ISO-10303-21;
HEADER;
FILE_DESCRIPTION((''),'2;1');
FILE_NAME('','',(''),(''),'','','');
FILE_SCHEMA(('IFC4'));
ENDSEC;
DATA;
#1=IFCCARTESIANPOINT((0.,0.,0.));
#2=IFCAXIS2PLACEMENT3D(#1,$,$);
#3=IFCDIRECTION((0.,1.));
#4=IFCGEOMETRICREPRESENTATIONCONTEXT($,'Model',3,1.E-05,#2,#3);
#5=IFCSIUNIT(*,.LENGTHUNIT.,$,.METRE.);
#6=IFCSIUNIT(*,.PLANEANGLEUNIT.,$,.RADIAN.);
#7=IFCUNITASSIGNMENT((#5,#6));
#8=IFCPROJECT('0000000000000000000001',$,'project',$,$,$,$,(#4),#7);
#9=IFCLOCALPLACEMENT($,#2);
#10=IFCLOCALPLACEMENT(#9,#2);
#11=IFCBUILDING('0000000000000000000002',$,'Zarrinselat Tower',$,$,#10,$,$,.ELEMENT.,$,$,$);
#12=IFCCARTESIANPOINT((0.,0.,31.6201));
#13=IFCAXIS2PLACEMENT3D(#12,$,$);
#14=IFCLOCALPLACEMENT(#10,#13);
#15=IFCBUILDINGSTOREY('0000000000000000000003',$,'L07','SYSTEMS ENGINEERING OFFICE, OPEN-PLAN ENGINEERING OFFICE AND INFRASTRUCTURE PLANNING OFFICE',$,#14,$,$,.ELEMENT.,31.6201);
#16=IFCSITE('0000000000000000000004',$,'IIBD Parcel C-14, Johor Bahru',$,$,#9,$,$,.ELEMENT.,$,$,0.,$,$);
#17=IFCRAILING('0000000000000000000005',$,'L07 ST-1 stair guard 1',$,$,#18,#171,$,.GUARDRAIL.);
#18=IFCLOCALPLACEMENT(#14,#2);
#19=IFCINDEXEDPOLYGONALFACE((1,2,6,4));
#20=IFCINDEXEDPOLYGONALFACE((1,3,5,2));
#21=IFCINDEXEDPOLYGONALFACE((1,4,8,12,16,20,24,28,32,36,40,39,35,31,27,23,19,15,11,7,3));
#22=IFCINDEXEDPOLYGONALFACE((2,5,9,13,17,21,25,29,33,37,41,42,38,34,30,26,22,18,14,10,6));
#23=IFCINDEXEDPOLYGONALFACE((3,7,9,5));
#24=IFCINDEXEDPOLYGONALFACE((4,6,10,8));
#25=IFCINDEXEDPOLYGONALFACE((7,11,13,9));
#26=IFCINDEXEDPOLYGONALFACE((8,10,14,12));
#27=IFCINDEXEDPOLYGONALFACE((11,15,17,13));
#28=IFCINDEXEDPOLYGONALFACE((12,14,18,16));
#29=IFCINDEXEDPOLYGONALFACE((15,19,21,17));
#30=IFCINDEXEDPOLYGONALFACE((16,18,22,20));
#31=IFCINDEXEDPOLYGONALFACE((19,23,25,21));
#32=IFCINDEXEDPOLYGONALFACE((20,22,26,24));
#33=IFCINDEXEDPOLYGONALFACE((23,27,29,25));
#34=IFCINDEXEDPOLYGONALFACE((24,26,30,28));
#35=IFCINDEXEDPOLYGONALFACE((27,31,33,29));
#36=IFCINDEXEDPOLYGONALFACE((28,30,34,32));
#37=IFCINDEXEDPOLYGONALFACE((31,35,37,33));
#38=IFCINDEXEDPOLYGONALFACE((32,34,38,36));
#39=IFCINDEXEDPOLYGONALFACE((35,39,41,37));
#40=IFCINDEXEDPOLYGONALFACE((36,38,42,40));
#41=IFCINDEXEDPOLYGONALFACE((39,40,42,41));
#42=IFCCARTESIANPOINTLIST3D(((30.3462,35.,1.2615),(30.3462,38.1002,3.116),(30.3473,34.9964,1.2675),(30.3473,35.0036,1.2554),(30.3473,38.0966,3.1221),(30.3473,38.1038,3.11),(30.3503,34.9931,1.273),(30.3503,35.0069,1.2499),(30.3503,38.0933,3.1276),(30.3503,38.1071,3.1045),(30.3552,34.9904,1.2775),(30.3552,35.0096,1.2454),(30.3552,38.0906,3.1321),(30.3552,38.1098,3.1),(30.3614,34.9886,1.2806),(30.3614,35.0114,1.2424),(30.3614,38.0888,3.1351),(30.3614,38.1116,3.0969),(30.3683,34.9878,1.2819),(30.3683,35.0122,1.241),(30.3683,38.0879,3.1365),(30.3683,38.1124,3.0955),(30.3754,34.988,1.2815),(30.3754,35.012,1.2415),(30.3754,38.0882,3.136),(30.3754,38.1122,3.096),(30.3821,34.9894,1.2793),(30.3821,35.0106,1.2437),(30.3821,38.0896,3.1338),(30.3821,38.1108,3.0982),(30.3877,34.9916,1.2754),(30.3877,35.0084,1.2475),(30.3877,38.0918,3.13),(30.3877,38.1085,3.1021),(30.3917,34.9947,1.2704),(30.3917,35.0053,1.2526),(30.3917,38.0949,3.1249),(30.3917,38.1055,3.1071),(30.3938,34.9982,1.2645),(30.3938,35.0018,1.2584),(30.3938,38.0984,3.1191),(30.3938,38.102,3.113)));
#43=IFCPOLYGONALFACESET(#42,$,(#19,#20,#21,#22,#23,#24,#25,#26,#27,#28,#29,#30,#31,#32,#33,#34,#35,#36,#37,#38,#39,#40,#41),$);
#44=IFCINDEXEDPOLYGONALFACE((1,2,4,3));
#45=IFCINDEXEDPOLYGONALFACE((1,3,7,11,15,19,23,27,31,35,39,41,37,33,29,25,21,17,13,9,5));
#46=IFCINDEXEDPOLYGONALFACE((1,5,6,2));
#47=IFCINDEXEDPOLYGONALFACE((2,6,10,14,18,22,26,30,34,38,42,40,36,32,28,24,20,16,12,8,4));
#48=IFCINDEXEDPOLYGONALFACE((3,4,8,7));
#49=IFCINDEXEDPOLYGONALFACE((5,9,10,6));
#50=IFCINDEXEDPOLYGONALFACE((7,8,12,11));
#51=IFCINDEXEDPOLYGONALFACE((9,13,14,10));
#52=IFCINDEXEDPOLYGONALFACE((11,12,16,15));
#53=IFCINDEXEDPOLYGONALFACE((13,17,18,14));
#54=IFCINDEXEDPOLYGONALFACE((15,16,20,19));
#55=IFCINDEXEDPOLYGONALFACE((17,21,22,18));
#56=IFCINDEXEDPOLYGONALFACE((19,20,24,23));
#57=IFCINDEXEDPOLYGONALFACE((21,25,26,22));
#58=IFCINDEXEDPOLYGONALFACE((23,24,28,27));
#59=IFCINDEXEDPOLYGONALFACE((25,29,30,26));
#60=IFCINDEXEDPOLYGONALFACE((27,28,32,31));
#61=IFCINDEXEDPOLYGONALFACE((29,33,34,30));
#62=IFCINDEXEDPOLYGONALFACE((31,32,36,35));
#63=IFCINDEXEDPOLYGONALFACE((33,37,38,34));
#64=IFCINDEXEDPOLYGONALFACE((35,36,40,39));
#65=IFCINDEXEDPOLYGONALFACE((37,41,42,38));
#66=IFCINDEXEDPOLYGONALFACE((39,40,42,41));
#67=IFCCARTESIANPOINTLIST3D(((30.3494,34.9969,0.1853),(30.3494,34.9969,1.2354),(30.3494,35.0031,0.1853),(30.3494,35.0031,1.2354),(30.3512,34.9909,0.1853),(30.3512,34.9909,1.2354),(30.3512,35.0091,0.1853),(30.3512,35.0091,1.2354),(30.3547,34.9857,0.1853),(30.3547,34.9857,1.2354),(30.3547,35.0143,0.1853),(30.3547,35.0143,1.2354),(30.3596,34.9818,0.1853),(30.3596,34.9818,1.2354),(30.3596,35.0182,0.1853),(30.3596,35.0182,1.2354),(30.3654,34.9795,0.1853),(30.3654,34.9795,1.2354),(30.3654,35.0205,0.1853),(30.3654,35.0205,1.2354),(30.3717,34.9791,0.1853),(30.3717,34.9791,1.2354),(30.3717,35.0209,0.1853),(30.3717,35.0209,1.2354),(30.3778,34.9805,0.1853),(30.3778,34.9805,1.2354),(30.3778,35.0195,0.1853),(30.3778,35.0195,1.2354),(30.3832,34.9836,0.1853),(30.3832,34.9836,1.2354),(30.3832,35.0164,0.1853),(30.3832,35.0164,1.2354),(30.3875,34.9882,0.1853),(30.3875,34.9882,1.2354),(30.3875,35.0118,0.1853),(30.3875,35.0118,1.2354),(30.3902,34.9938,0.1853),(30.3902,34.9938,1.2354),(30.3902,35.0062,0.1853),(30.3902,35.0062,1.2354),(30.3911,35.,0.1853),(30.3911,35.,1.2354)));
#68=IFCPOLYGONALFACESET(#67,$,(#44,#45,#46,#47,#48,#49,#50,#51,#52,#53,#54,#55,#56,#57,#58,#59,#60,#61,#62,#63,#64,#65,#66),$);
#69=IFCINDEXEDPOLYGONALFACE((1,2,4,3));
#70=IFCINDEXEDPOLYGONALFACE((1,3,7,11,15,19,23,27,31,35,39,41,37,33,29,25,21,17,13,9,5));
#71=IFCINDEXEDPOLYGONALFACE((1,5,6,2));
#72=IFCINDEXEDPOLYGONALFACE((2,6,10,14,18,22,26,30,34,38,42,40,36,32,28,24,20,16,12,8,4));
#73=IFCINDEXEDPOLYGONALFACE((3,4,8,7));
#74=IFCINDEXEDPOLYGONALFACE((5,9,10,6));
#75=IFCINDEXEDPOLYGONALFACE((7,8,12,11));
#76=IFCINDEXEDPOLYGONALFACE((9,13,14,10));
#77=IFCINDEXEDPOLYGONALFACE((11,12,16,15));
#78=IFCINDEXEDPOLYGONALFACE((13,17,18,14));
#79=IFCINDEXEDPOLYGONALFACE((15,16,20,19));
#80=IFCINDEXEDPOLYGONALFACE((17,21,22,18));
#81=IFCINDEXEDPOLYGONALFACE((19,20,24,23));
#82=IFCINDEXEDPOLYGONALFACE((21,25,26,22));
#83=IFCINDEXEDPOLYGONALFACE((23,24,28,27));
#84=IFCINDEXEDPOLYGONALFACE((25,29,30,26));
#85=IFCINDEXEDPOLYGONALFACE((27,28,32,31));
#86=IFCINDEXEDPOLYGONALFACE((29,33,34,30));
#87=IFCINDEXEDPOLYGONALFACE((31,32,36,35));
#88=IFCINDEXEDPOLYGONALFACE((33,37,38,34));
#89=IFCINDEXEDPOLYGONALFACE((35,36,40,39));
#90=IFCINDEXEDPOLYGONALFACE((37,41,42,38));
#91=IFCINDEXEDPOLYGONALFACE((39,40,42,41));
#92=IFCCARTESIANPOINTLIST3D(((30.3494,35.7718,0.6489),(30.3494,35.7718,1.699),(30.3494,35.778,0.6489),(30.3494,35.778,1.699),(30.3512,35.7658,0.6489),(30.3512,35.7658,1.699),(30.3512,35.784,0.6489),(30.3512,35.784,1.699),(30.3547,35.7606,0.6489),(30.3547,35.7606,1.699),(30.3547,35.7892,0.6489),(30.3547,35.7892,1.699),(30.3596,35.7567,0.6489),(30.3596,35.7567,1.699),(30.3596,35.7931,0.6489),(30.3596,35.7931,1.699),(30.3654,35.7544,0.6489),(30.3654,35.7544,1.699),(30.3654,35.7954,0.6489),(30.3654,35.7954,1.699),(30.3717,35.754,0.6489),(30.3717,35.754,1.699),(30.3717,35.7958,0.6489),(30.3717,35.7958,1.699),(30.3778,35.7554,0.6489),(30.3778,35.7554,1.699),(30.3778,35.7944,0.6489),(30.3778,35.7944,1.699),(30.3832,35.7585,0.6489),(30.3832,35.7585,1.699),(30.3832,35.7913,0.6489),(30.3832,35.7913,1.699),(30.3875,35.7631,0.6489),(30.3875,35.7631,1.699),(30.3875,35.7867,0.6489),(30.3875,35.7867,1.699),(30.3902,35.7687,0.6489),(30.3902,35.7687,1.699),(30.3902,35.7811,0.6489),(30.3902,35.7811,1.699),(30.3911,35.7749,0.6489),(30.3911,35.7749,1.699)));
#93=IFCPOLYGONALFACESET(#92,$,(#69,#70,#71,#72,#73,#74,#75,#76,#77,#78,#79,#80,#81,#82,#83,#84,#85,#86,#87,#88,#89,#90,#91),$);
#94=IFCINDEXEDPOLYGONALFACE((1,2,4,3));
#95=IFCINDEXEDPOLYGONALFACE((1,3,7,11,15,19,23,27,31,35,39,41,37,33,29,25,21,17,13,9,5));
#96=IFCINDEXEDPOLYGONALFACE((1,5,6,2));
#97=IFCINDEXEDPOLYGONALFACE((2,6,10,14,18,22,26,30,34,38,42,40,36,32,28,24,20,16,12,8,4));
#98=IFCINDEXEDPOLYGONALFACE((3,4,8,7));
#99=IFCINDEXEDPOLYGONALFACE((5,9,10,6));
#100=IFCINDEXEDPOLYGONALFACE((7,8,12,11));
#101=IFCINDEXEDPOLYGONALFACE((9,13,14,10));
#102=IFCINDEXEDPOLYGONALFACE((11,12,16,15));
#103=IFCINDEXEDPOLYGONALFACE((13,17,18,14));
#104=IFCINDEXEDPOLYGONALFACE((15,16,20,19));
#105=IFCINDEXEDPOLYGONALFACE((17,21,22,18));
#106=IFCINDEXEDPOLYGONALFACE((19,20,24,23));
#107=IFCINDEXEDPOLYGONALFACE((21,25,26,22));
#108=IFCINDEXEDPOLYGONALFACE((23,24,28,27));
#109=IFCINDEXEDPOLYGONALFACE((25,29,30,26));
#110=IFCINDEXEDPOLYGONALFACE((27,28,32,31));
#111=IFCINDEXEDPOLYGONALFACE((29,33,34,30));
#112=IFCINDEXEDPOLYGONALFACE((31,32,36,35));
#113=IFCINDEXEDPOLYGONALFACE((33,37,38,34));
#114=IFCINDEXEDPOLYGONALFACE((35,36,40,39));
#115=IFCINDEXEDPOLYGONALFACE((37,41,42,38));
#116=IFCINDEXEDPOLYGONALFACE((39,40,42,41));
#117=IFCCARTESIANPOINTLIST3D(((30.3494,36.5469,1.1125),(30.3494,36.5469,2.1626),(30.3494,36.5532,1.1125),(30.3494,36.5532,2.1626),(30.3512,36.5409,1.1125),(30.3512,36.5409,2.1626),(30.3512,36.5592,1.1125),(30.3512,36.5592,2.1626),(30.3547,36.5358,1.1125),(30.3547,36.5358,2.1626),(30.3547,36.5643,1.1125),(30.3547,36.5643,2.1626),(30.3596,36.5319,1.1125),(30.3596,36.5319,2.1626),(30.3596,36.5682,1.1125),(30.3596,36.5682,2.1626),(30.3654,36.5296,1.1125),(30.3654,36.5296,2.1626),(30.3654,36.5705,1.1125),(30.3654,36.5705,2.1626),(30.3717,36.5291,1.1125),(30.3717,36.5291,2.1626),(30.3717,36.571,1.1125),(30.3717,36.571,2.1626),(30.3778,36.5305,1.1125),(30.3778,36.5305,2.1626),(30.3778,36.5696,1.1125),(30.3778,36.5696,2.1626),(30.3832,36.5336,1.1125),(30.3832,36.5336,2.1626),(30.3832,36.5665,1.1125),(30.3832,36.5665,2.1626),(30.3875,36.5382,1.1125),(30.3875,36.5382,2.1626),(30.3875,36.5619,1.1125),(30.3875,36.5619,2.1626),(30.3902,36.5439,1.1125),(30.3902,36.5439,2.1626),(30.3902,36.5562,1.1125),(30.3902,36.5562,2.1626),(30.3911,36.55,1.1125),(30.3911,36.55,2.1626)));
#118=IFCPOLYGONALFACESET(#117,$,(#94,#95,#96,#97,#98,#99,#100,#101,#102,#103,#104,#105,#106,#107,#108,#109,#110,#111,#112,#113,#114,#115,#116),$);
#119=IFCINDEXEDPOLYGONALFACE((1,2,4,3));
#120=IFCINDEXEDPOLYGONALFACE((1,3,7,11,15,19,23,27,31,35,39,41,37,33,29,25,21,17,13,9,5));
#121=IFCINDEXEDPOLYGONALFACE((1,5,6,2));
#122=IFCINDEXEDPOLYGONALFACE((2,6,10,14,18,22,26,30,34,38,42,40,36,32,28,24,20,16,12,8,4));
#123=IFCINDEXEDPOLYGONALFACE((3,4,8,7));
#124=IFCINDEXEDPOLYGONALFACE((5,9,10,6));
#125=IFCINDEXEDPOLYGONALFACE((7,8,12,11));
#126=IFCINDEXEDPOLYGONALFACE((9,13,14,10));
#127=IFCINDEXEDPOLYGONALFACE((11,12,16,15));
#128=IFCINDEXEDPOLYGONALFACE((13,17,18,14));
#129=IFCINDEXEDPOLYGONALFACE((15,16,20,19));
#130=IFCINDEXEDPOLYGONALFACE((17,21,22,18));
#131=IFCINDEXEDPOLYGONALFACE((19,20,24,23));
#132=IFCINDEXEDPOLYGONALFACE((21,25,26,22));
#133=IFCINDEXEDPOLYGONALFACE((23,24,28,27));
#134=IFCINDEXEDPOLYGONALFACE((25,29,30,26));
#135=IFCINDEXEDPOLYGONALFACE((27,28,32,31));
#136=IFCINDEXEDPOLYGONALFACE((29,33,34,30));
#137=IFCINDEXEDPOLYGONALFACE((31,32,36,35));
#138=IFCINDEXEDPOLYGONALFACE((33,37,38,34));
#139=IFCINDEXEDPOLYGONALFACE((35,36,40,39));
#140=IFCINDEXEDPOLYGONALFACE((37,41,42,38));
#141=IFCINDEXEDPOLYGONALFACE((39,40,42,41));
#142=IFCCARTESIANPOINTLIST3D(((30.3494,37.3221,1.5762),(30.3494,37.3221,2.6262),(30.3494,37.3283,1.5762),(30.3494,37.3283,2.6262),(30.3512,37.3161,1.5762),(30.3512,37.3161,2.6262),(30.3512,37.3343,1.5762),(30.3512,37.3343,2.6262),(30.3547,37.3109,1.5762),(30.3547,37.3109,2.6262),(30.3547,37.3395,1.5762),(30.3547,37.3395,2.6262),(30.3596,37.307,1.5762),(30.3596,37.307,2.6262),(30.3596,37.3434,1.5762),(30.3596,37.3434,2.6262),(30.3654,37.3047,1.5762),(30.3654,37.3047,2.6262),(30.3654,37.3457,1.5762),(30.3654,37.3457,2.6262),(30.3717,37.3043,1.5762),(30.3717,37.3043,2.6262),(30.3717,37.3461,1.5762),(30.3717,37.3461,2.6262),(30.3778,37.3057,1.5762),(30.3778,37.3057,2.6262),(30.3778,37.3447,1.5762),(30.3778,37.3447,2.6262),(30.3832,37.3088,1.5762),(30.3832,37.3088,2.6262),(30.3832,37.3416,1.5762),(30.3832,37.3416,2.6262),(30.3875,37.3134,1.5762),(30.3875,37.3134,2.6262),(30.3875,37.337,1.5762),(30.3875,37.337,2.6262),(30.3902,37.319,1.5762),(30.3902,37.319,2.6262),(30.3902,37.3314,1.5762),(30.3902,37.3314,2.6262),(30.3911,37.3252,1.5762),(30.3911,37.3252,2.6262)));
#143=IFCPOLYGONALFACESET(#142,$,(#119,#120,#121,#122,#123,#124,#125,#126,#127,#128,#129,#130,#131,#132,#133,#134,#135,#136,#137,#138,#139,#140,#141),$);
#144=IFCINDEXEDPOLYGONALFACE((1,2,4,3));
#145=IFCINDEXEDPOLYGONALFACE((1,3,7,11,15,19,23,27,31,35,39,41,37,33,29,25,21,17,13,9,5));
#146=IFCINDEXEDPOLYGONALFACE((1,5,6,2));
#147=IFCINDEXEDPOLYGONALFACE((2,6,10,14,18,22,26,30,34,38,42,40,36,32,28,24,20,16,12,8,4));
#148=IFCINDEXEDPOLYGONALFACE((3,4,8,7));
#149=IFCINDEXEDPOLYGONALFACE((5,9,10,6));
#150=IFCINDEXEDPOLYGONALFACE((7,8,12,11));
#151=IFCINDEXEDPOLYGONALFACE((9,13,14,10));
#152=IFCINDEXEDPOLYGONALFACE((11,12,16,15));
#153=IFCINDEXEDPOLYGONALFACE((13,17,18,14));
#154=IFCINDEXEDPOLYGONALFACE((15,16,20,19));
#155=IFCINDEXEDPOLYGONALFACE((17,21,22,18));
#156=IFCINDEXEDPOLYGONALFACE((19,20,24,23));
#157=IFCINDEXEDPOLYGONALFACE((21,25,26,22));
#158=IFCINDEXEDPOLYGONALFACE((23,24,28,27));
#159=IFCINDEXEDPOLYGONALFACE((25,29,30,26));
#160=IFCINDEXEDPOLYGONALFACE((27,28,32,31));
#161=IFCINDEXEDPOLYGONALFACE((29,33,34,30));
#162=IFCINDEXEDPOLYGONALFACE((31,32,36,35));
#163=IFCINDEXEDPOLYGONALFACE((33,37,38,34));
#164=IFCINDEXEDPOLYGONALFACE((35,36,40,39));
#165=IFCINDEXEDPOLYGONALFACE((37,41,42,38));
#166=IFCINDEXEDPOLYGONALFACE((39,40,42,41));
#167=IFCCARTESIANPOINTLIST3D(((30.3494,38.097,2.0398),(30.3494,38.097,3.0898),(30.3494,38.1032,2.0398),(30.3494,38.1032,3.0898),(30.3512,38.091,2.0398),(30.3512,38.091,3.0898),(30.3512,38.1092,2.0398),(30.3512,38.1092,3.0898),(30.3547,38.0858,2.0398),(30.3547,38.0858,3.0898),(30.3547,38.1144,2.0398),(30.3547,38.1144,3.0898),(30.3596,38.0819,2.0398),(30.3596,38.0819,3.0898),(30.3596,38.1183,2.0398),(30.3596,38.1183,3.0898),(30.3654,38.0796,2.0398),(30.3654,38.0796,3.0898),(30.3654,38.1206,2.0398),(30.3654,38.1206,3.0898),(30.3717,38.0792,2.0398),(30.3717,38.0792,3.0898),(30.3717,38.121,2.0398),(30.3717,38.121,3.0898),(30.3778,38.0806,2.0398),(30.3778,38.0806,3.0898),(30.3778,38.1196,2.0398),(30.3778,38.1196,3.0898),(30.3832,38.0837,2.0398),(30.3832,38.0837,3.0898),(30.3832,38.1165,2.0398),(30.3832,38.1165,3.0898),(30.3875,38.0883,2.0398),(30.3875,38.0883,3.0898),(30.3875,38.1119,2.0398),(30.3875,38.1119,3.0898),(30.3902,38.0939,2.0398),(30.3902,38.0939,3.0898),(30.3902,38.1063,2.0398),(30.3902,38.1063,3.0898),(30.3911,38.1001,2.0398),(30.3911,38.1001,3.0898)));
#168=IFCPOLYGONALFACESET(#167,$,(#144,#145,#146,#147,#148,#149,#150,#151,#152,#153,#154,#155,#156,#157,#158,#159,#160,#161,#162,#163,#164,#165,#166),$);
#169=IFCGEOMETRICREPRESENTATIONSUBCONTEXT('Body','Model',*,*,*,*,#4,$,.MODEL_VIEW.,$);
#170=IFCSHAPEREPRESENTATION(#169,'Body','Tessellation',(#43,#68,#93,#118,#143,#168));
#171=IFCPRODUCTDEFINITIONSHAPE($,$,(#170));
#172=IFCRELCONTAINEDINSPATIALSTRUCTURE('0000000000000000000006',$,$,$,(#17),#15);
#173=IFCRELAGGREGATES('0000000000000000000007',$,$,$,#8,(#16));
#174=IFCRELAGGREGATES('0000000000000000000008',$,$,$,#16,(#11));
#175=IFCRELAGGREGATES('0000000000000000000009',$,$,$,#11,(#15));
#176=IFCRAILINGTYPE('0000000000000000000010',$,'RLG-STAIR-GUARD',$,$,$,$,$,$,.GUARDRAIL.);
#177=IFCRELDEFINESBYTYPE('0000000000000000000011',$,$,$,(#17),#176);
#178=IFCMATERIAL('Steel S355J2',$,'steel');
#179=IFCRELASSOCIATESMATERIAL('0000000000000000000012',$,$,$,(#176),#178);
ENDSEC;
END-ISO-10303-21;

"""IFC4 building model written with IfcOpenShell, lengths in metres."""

from ifc_helpers import new_model, si_unit, direction, frame, origin, origin_2d, place, context, subcontext, project, spatial, circle, extrude, material, type_object, element, save


model = new_model("IFC4")

# Units and contexts
model_context = context("Model", 3, precision=1e-05, world=origin(), true_north=direction((0.0, 1.0)))
body_context = subcontext(model_context, "Body", "Model", "MODEL_VIEW")
ifc_project = project(units=[si_unit("LENGTHUNIT", "METRE"), si_unit("PLANEANGLEUNIT", "RADIAN")], contexts=[model_context])

# Site, building, storey
site_placement = place(None, origin())
site = spatial("IfcSite", under=ifc_project, at=site_placement, Name="IIBD Parcel C-14, Johor Bahru", CompositionType="ELEMENT", RefElevation=0.0)
building_placement = place(site_placement, origin())
building = spatial("IfcBuilding", under=site, at=building_placement, Name="Zarrinselat Tower", CompositionType="ELEMENT")
storey_placement = place(building_placement, frame((0.0, 0.0, 31.6201)))
storey = spatial("IfcBuildingStorey", under=building, at=storey_placement, Name="L07", Description="SYSTEMS ENGINEERING OFFICE, OPEN-PLAN ENGINEERING OFFICE AND INFRASTRUCTURE PLANNING OFFICE", CompositionType="ELEMENT", Elevation=31.6201)

# Railing
ifc_material_1 = material(Name="Steel S355J2", Category="steel")
railing_type_1 = type_object("IfcRailingType", Name="RLG-STAIR-GUARD", PredefinedType="GUARDRAIL", material=ifc_material_1)
railing_1_placement = place(storey_placement, frame((30.3701, 35.0, 0.1853)))
element("IfcRailing", 1, at=railing_1_placement, inside=storey, type_object=railing_type_1, Name="L07 ST-1 stair guard 1", PredefinedType="GUARDRAIL", context=body_context, shape_type="SweptSolid", body=[
    extrude(circle(Radius=0.0239, at=origin_2d()), frame((0.0, 0.0, 1.0762), z_axis=(0.0, 0.858172, 0.513362), x_axis=(-1.0, 0.0, 0.0)), (0.0, 0.0, 1.0), 3.6125),
    extrude(circle(Radius=0.021, at=origin_2d()), origin(), (0.0, 0.0, 1.0), 1.05),
    extrude(circle(Radius=0.021, at=origin_2d()), frame((0.0, 0.7749, 0.4636)), (0.0, 0.0, 1.0), 1.05),
    extrude(circle(Radius=0.021, at=origin_2d()), frame((0.0, 1.55, 0.9272)), (0.0, 0.0, 1.0), 1.05),
    extrude(circle(Radius=0.021, at=origin_2d()), frame((0.0, 2.3252, 1.3909)), (0.0, 0.0, 1.0), 1.05),
    extrude(circle(Radius=0.021, at=origin_2d()), frame((0.0, 3.1001, 1.8545)), (0.0, 0.0, 1.0), 1.05),
])

save(model, "model.ifc")
